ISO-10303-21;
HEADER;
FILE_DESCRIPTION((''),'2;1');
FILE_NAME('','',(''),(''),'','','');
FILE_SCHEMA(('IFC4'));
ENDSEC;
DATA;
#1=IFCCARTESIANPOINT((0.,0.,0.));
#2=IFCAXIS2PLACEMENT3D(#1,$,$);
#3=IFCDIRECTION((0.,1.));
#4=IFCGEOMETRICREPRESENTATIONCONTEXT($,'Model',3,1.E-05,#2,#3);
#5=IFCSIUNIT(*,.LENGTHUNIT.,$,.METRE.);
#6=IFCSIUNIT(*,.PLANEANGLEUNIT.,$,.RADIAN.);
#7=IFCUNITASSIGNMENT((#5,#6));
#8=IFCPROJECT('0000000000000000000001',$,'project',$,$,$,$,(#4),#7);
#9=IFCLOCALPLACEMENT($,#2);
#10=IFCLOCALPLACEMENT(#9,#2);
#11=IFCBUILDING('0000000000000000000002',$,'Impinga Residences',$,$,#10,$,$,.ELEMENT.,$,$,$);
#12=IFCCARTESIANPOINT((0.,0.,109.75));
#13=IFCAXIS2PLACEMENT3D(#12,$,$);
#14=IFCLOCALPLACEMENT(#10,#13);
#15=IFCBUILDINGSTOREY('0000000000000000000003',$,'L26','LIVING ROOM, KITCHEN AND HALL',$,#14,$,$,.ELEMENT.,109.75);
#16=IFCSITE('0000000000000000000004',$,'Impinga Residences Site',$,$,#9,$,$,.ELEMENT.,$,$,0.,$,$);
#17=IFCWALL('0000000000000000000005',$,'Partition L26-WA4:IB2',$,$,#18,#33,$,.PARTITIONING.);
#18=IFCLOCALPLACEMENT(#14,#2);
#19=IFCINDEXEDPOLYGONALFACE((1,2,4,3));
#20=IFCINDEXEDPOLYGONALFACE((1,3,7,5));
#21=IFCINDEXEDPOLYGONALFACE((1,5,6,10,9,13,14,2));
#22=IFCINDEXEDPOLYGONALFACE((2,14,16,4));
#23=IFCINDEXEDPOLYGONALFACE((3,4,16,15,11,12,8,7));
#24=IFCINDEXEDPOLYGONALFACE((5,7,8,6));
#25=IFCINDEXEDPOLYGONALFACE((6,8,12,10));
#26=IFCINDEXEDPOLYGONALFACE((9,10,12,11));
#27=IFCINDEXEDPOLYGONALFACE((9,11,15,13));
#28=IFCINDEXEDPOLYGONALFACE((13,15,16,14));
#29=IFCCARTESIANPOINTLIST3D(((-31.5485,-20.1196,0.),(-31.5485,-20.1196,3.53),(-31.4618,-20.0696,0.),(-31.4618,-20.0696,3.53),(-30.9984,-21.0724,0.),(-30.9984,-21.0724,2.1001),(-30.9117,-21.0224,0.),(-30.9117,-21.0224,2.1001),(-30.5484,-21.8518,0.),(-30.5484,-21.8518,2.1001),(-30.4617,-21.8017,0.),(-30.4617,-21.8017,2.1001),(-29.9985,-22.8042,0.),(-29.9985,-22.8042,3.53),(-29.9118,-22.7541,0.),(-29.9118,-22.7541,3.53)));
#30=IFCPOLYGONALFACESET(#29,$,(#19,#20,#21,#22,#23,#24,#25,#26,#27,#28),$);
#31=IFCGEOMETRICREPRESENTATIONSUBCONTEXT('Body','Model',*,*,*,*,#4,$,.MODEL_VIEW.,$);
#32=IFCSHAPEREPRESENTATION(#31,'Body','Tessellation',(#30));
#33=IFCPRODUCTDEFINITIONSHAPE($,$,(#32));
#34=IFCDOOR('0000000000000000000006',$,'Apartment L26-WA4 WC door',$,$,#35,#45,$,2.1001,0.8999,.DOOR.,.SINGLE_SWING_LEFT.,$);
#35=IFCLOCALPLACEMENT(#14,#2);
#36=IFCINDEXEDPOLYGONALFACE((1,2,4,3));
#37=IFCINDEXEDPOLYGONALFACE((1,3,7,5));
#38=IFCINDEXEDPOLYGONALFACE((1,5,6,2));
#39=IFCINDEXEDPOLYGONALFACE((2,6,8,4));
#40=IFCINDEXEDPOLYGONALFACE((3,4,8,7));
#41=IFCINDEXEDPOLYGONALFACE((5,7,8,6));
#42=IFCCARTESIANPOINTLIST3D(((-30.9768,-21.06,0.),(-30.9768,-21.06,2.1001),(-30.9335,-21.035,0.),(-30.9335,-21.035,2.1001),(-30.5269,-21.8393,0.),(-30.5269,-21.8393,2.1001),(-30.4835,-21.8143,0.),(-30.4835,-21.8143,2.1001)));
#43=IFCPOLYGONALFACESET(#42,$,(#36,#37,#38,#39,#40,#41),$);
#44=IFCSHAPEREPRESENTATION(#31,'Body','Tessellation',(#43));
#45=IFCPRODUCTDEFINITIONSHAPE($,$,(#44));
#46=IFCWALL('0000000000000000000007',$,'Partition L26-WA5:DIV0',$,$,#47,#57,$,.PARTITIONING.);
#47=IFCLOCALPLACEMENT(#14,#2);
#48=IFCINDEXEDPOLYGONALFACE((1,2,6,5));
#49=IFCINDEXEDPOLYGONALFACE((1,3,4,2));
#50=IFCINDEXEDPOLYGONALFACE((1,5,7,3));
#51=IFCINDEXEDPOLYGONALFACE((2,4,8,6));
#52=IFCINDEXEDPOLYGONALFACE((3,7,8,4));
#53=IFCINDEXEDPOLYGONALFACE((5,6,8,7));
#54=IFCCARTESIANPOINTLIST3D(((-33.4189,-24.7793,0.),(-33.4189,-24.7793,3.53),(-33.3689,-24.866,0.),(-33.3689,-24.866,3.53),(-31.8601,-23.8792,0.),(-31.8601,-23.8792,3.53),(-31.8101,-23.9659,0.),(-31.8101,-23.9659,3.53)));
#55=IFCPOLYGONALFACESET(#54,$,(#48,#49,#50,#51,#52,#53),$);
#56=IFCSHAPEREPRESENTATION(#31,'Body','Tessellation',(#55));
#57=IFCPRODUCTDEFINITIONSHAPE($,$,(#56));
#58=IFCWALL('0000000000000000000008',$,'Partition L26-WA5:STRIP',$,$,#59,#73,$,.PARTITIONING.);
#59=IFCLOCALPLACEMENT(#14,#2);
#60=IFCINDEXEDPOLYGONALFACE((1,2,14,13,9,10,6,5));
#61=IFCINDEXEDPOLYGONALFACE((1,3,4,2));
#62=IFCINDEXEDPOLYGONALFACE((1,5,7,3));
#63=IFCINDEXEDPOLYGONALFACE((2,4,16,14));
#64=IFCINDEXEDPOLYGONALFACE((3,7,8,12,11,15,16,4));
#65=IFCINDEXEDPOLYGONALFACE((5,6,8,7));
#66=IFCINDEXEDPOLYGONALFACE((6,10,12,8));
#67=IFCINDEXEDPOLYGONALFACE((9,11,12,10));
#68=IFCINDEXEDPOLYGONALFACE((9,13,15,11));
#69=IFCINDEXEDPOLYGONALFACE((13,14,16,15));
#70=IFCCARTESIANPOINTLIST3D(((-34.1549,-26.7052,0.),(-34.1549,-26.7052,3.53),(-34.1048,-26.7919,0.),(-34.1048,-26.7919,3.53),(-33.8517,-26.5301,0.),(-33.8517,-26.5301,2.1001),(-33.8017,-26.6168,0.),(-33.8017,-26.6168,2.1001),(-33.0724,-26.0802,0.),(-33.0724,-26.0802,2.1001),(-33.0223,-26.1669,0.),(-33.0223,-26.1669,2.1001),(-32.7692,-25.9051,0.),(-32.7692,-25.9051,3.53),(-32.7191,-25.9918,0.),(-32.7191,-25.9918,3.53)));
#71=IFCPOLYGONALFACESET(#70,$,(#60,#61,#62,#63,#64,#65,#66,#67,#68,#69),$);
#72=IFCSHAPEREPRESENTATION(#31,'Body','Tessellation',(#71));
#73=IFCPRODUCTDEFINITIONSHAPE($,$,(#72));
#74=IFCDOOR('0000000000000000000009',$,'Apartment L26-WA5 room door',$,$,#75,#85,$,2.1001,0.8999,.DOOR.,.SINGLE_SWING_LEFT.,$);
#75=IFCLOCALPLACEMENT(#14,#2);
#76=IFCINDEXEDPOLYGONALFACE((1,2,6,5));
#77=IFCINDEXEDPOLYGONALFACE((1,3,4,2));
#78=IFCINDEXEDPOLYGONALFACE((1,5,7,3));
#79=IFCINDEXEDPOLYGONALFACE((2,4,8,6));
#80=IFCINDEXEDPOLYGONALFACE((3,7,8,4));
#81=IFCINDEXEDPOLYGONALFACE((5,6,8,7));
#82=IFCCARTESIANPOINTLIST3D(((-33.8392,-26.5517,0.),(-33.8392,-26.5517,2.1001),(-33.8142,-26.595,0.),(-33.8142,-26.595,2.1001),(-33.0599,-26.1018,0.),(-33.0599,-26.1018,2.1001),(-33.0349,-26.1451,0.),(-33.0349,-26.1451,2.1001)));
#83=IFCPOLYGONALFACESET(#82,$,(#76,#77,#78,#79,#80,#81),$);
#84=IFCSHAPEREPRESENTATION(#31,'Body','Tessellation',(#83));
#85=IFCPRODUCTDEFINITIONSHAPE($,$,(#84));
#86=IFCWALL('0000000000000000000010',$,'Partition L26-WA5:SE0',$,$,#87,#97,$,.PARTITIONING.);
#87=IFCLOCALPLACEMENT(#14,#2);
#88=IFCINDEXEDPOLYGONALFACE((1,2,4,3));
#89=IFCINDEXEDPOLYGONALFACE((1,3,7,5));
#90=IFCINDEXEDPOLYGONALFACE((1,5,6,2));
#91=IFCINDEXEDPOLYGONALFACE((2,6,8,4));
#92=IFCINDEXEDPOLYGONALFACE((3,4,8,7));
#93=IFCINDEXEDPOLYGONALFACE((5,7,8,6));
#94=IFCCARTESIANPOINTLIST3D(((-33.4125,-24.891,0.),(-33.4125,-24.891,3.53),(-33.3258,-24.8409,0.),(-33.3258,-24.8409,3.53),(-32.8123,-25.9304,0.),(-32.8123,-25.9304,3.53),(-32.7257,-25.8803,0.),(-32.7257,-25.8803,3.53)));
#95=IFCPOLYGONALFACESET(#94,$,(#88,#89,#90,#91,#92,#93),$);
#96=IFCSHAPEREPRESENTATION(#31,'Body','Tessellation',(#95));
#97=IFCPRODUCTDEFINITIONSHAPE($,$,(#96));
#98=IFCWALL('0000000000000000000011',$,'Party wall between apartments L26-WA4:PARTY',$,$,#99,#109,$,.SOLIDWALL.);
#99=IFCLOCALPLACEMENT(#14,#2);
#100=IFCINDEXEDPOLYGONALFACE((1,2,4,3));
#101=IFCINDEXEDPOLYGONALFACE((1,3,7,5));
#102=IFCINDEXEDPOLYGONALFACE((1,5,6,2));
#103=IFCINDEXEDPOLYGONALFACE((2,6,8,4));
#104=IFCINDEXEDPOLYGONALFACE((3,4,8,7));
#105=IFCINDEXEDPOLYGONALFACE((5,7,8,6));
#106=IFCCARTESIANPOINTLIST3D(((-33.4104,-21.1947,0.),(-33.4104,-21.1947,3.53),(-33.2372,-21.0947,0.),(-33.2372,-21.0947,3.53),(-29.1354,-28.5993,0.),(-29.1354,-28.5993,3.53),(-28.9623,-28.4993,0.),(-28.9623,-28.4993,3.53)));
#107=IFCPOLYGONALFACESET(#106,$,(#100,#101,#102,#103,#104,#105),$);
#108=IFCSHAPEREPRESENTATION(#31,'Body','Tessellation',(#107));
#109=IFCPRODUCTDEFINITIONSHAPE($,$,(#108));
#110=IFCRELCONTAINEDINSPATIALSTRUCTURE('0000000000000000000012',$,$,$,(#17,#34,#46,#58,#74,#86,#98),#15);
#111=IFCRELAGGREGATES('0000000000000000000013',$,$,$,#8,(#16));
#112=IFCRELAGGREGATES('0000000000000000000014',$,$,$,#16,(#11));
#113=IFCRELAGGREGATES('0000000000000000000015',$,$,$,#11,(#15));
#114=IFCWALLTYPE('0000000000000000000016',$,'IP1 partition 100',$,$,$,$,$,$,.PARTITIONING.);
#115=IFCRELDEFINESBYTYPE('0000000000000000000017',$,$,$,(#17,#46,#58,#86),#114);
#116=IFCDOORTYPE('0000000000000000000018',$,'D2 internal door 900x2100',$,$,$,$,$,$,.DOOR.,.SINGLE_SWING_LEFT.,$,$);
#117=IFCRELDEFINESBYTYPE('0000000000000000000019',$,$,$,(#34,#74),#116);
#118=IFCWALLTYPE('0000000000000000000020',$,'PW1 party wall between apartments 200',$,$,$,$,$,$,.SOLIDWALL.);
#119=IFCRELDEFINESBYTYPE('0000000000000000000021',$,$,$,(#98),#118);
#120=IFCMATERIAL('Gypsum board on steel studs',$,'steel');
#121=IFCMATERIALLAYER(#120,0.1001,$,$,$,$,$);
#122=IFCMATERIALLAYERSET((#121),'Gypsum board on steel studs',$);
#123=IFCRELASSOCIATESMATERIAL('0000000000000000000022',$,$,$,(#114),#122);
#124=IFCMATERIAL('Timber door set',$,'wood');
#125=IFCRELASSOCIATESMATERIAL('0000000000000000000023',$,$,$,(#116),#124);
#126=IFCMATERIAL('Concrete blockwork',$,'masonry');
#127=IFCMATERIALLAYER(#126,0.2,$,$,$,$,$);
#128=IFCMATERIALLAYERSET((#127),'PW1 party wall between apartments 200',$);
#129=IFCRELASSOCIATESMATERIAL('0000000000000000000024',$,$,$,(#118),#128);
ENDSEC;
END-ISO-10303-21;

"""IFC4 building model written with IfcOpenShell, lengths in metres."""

from ifc_helpers import new_model, si_unit, direction, frame, frame_2d, origin, place, context, subcontext, project, spatial, rectangle, extrude, material, layer, layer_set, type_object, element, fill, save


model = new_model("IFC4")

# Units and contexts
model_context = context("Model", 3, precision=1e-05, world=origin(), true_north=direction((0.0, 1.0)))
body_context = subcontext(model_context, "Body", "Model", "MODEL_VIEW")
ifc_project = project(units=[si_unit("LENGTHUNIT", "METRE"), si_unit("PLANEANGLEUNIT", "RADIAN")], contexts=[model_context])

# Site, building, storey
site_placement = place(None, origin())
site = spatial("IfcSite", under=ifc_project, at=site_placement, Name="Impinga Residences Site", CompositionType="ELEMENT", RefElevation=0.0)
building_placement = place(site_placement, origin())
building = spatial("IfcBuilding", under=site, at=building_placement, Name="Impinga Residences", CompositionType="ELEMENT")
storey_placement = place(building_placement, frame((0.0, 0.0, 109.75)))
storey = spatial("IfcBuildingStorey", under=building, at=storey_placement, Name="L26", Description="LIVING ROOM, KITCHEN AND HALL", CompositionType="ELEMENT", Elevation=109.75)

# Shared definitions
ifc_material_1 = material(Name="Concrete blockwork", Category="masonry")
ifc_material_2 = material(Name="Timber door set", Category="wood")

# Shared definitions
ifc_material_3 = material(Name="Gypsum board on steel studs", Category="steel")
ifc_layer_1 = layer(ifc_material_3, 0.1001)
ifc_layer_set_1 = layer_set([ifc_layer_1], Name="Gypsum board on steel studs")
wall_type_1 = type_object("IfcWallType", Name="IP1 partition 100", PredefinedType="PARTITIONING", material=ifc_layer_set_1)

# Wall, opening, door
door_type_1 = type_object("IfcDoorType", Name="D2 internal door 900x2100", OperationType="SINGLE_SWING_LEFT", PredefinedType="DOOR", material=ifc_material_2)
wall_1_placement = place(storey_placement, frame((-31.5051, -20.0947, 0.0), z_axis=(0.0, 0.0, 1.0), x_axis=(0.500027, -0.86601, 0.0)))
wall_1 = element("IfcWall", 1, at=wall_1_placement, inside=storey, type_object=wall_type_1, Name="Partition L26-WA4:IB2", PredefinedType="PARTITIONING", context=body_context, shape_type="SweptSolid", body=[
    extrude(rectangle(XDim=3.0999, YDim=0.1001, at=frame_2d((1.5498, 0.0))), origin(), (0.0, 0.0, 1.0), 3.53),
])
opening_1_placement = place(wall_1_placement, frame((1.1001, 0.0, 0.0)))
opening_1 = element("IfcOpeningElement", 2, at=opening_1_placement, cuts=wall_1, PredefinedType="OPENING", context=body_context, shape_type="SweptSolid", body=[
    extrude(rectangle(XDim=0.8999, YDim=2.1001, at=frame_2d((0.45, 1.05))), frame((0.0, 0.0601, 0.0), z_axis=(0.0, -1.0, 0.0), x_axis=(1.0, 0.0, 0.0)), (0.0, 0.0, 1.0), 0.1201),
])
door_1_placement = place(opening_1_placement, origin())
door_1 = element("IfcDoor", 3, at=door_1_placement, inside=storey, type_object=door_type_1, Name="Apartment L26-WA4 WC door", OperationType="SINGLE_SWING_LEFT", OverallHeight=2.1001, OverallWidth=0.8999, PredefinedType="DOOR", context=body_context, shape_type="SweptSolid", body=[
    extrude(rectangle(XDim=0.8999, YDim=2.1001, at=frame_2d((0.45, 1.05))), frame((0.0, 0.0249, 0.0), z_axis=(0.0, -1.0, 0.0), x_axis=(1.0, 0.0, 0.0)), (0.0, 0.0, 1.0), 0.05),
])
fill(opening_1, door_1)

# Wall
wall_2_placement = place(storey_placement, frame((-31.8352, -23.9226, 0.0), z_axis=(0.0, 0.0, 1.0), x_axis=(-0.865989, -0.500063, 0.0)))
element("IfcWall", 4, at=wall_2_placement, inside=storey, type_object=wall_type_1, Name="Partition L26-WA5:DIV0", PredefinedType="PARTITIONING", context=body_context, shape_type="SweptSolid", body=[
    extrude(rectangle(XDim=1.8, YDim=0.1001, at=frame_2d((0.8999, 0.0))), origin(), (0.0, 0.0, 1.0), 3.53),
])

# Wall, opening, door
wall_3_placement = place(storey_placement, frame((-32.7441, -25.9485, 0.0), z_axis=(0.0, 0.0, 1.0), x_axis=(-0.866028, -0.499995, 0.0)))
wall_3 = element("IfcWall", 5, at=wall_3_placement, inside=storey, type_object=wall_type_1, Name="Partition L26-WA5:STRIP", PredefinedType="PARTITIONING", context=body_context, shape_type="SweptSolid", body=[
    extrude(rectangle(XDim=1.6001, YDim=0.1001, at=frame_2d((0.8, 0.0))), origin(), (0.0, 0.0, 1.0), 3.53),
])
opening_2_placement = place(wall_3_placement, frame((0.3501, 0.0, 0.0)))
opening_2 = element("IfcOpeningElement", 6, at=opening_2_placement, cuts=wall_3, PredefinedType="OPENING", context=body_context, shape_type="SweptSolid", body=[
    extrude(rectangle(XDim=0.8999, YDim=2.1001, at=frame_2d((0.45, 1.05))), frame((0.0, 0.0601, 0.0), z_axis=(0.0, -1.0, 0.0), x_axis=(1.0, 0.0, 0.0)), (0.0, 0.0, 1.0), 0.1201),
])
door_2_placement = place(opening_2_placement, origin())
door_2 = element("IfcDoor", 7, at=door_2_placement, inside=storey, type_object=door_type_1, Name="Apartment L26-WA5 room door", OperationType="SINGLE_SWING_LEFT", OverallHeight=2.1001, OverallWidth=0.8999, PredefinedType="DOOR", context=body_context, shape_type="SweptSolid", body=[
    extrude(rectangle(XDim=0.8999, YDim=2.1001, at=frame_2d((0.45, 1.05))), frame((0.0, 0.0249, 0.0), z_axis=(0.0, -1.0, 0.0), x_axis=(1.0, 0.0, 0.0)), (0.0, 0.0, 1.0), 0.05),
])
fill(opening_2, door_2)

# Walls
wall_4_placement = place(storey_placement, frame((-33.3691, -24.866, 0.0), z_axis=(0.0, 0.0, 1.0), x_axis=(0.500034, -0.866006, 0.0)))
element("IfcWall", 8, at=wall_4_placement, inside=storey, type_object=wall_type_1, Name="Partition L26-WA5:SE0", PredefinedType="PARTITIONING", context=body_context, shape_type="SweptSolid", body=[
    extrude(rectangle(XDim=1.2002, YDim=0.1001, at=frame_2d((0.6001, 0.0))), origin(), (0.0, 0.0, 1.0), 3.53),
])
ifc_layer_2 = layer(ifc_material_1, 0.2)
ifc_layer_set_2 = layer_set([ifc_layer_2], Name="PW1 party wall between apartments 200")
wall_type_2 = type_object("IfcWallType", Name="PW1 party wall between apartments 200", PredefinedType="SOLIDWALL", material=ifc_layer_set_2)
wall_5_placement = place(storey_placement, frame((-33.3237, -21.1448, 0.0), z_axis=(0.0, 0.0, 1.0), x_axis=(0.49999, -0.866031, 0.0)))
element("IfcWall", 9, at=wall_5_placement, inside=storey, type_object=wall_type_2, Name="Party wall between apartments L26-WA4:PARTY", PredefinedType="SOLIDWALL", context=body_context, shape_type="SweptSolid", body=[
    extrude(rectangle(XDim=8.55, YDim=0.2, at=frame_2d((4.2749, 0.0))), origin(), (0.0, 0.0, 1.0), 3.53),
])

save(model, "model.ifc")
